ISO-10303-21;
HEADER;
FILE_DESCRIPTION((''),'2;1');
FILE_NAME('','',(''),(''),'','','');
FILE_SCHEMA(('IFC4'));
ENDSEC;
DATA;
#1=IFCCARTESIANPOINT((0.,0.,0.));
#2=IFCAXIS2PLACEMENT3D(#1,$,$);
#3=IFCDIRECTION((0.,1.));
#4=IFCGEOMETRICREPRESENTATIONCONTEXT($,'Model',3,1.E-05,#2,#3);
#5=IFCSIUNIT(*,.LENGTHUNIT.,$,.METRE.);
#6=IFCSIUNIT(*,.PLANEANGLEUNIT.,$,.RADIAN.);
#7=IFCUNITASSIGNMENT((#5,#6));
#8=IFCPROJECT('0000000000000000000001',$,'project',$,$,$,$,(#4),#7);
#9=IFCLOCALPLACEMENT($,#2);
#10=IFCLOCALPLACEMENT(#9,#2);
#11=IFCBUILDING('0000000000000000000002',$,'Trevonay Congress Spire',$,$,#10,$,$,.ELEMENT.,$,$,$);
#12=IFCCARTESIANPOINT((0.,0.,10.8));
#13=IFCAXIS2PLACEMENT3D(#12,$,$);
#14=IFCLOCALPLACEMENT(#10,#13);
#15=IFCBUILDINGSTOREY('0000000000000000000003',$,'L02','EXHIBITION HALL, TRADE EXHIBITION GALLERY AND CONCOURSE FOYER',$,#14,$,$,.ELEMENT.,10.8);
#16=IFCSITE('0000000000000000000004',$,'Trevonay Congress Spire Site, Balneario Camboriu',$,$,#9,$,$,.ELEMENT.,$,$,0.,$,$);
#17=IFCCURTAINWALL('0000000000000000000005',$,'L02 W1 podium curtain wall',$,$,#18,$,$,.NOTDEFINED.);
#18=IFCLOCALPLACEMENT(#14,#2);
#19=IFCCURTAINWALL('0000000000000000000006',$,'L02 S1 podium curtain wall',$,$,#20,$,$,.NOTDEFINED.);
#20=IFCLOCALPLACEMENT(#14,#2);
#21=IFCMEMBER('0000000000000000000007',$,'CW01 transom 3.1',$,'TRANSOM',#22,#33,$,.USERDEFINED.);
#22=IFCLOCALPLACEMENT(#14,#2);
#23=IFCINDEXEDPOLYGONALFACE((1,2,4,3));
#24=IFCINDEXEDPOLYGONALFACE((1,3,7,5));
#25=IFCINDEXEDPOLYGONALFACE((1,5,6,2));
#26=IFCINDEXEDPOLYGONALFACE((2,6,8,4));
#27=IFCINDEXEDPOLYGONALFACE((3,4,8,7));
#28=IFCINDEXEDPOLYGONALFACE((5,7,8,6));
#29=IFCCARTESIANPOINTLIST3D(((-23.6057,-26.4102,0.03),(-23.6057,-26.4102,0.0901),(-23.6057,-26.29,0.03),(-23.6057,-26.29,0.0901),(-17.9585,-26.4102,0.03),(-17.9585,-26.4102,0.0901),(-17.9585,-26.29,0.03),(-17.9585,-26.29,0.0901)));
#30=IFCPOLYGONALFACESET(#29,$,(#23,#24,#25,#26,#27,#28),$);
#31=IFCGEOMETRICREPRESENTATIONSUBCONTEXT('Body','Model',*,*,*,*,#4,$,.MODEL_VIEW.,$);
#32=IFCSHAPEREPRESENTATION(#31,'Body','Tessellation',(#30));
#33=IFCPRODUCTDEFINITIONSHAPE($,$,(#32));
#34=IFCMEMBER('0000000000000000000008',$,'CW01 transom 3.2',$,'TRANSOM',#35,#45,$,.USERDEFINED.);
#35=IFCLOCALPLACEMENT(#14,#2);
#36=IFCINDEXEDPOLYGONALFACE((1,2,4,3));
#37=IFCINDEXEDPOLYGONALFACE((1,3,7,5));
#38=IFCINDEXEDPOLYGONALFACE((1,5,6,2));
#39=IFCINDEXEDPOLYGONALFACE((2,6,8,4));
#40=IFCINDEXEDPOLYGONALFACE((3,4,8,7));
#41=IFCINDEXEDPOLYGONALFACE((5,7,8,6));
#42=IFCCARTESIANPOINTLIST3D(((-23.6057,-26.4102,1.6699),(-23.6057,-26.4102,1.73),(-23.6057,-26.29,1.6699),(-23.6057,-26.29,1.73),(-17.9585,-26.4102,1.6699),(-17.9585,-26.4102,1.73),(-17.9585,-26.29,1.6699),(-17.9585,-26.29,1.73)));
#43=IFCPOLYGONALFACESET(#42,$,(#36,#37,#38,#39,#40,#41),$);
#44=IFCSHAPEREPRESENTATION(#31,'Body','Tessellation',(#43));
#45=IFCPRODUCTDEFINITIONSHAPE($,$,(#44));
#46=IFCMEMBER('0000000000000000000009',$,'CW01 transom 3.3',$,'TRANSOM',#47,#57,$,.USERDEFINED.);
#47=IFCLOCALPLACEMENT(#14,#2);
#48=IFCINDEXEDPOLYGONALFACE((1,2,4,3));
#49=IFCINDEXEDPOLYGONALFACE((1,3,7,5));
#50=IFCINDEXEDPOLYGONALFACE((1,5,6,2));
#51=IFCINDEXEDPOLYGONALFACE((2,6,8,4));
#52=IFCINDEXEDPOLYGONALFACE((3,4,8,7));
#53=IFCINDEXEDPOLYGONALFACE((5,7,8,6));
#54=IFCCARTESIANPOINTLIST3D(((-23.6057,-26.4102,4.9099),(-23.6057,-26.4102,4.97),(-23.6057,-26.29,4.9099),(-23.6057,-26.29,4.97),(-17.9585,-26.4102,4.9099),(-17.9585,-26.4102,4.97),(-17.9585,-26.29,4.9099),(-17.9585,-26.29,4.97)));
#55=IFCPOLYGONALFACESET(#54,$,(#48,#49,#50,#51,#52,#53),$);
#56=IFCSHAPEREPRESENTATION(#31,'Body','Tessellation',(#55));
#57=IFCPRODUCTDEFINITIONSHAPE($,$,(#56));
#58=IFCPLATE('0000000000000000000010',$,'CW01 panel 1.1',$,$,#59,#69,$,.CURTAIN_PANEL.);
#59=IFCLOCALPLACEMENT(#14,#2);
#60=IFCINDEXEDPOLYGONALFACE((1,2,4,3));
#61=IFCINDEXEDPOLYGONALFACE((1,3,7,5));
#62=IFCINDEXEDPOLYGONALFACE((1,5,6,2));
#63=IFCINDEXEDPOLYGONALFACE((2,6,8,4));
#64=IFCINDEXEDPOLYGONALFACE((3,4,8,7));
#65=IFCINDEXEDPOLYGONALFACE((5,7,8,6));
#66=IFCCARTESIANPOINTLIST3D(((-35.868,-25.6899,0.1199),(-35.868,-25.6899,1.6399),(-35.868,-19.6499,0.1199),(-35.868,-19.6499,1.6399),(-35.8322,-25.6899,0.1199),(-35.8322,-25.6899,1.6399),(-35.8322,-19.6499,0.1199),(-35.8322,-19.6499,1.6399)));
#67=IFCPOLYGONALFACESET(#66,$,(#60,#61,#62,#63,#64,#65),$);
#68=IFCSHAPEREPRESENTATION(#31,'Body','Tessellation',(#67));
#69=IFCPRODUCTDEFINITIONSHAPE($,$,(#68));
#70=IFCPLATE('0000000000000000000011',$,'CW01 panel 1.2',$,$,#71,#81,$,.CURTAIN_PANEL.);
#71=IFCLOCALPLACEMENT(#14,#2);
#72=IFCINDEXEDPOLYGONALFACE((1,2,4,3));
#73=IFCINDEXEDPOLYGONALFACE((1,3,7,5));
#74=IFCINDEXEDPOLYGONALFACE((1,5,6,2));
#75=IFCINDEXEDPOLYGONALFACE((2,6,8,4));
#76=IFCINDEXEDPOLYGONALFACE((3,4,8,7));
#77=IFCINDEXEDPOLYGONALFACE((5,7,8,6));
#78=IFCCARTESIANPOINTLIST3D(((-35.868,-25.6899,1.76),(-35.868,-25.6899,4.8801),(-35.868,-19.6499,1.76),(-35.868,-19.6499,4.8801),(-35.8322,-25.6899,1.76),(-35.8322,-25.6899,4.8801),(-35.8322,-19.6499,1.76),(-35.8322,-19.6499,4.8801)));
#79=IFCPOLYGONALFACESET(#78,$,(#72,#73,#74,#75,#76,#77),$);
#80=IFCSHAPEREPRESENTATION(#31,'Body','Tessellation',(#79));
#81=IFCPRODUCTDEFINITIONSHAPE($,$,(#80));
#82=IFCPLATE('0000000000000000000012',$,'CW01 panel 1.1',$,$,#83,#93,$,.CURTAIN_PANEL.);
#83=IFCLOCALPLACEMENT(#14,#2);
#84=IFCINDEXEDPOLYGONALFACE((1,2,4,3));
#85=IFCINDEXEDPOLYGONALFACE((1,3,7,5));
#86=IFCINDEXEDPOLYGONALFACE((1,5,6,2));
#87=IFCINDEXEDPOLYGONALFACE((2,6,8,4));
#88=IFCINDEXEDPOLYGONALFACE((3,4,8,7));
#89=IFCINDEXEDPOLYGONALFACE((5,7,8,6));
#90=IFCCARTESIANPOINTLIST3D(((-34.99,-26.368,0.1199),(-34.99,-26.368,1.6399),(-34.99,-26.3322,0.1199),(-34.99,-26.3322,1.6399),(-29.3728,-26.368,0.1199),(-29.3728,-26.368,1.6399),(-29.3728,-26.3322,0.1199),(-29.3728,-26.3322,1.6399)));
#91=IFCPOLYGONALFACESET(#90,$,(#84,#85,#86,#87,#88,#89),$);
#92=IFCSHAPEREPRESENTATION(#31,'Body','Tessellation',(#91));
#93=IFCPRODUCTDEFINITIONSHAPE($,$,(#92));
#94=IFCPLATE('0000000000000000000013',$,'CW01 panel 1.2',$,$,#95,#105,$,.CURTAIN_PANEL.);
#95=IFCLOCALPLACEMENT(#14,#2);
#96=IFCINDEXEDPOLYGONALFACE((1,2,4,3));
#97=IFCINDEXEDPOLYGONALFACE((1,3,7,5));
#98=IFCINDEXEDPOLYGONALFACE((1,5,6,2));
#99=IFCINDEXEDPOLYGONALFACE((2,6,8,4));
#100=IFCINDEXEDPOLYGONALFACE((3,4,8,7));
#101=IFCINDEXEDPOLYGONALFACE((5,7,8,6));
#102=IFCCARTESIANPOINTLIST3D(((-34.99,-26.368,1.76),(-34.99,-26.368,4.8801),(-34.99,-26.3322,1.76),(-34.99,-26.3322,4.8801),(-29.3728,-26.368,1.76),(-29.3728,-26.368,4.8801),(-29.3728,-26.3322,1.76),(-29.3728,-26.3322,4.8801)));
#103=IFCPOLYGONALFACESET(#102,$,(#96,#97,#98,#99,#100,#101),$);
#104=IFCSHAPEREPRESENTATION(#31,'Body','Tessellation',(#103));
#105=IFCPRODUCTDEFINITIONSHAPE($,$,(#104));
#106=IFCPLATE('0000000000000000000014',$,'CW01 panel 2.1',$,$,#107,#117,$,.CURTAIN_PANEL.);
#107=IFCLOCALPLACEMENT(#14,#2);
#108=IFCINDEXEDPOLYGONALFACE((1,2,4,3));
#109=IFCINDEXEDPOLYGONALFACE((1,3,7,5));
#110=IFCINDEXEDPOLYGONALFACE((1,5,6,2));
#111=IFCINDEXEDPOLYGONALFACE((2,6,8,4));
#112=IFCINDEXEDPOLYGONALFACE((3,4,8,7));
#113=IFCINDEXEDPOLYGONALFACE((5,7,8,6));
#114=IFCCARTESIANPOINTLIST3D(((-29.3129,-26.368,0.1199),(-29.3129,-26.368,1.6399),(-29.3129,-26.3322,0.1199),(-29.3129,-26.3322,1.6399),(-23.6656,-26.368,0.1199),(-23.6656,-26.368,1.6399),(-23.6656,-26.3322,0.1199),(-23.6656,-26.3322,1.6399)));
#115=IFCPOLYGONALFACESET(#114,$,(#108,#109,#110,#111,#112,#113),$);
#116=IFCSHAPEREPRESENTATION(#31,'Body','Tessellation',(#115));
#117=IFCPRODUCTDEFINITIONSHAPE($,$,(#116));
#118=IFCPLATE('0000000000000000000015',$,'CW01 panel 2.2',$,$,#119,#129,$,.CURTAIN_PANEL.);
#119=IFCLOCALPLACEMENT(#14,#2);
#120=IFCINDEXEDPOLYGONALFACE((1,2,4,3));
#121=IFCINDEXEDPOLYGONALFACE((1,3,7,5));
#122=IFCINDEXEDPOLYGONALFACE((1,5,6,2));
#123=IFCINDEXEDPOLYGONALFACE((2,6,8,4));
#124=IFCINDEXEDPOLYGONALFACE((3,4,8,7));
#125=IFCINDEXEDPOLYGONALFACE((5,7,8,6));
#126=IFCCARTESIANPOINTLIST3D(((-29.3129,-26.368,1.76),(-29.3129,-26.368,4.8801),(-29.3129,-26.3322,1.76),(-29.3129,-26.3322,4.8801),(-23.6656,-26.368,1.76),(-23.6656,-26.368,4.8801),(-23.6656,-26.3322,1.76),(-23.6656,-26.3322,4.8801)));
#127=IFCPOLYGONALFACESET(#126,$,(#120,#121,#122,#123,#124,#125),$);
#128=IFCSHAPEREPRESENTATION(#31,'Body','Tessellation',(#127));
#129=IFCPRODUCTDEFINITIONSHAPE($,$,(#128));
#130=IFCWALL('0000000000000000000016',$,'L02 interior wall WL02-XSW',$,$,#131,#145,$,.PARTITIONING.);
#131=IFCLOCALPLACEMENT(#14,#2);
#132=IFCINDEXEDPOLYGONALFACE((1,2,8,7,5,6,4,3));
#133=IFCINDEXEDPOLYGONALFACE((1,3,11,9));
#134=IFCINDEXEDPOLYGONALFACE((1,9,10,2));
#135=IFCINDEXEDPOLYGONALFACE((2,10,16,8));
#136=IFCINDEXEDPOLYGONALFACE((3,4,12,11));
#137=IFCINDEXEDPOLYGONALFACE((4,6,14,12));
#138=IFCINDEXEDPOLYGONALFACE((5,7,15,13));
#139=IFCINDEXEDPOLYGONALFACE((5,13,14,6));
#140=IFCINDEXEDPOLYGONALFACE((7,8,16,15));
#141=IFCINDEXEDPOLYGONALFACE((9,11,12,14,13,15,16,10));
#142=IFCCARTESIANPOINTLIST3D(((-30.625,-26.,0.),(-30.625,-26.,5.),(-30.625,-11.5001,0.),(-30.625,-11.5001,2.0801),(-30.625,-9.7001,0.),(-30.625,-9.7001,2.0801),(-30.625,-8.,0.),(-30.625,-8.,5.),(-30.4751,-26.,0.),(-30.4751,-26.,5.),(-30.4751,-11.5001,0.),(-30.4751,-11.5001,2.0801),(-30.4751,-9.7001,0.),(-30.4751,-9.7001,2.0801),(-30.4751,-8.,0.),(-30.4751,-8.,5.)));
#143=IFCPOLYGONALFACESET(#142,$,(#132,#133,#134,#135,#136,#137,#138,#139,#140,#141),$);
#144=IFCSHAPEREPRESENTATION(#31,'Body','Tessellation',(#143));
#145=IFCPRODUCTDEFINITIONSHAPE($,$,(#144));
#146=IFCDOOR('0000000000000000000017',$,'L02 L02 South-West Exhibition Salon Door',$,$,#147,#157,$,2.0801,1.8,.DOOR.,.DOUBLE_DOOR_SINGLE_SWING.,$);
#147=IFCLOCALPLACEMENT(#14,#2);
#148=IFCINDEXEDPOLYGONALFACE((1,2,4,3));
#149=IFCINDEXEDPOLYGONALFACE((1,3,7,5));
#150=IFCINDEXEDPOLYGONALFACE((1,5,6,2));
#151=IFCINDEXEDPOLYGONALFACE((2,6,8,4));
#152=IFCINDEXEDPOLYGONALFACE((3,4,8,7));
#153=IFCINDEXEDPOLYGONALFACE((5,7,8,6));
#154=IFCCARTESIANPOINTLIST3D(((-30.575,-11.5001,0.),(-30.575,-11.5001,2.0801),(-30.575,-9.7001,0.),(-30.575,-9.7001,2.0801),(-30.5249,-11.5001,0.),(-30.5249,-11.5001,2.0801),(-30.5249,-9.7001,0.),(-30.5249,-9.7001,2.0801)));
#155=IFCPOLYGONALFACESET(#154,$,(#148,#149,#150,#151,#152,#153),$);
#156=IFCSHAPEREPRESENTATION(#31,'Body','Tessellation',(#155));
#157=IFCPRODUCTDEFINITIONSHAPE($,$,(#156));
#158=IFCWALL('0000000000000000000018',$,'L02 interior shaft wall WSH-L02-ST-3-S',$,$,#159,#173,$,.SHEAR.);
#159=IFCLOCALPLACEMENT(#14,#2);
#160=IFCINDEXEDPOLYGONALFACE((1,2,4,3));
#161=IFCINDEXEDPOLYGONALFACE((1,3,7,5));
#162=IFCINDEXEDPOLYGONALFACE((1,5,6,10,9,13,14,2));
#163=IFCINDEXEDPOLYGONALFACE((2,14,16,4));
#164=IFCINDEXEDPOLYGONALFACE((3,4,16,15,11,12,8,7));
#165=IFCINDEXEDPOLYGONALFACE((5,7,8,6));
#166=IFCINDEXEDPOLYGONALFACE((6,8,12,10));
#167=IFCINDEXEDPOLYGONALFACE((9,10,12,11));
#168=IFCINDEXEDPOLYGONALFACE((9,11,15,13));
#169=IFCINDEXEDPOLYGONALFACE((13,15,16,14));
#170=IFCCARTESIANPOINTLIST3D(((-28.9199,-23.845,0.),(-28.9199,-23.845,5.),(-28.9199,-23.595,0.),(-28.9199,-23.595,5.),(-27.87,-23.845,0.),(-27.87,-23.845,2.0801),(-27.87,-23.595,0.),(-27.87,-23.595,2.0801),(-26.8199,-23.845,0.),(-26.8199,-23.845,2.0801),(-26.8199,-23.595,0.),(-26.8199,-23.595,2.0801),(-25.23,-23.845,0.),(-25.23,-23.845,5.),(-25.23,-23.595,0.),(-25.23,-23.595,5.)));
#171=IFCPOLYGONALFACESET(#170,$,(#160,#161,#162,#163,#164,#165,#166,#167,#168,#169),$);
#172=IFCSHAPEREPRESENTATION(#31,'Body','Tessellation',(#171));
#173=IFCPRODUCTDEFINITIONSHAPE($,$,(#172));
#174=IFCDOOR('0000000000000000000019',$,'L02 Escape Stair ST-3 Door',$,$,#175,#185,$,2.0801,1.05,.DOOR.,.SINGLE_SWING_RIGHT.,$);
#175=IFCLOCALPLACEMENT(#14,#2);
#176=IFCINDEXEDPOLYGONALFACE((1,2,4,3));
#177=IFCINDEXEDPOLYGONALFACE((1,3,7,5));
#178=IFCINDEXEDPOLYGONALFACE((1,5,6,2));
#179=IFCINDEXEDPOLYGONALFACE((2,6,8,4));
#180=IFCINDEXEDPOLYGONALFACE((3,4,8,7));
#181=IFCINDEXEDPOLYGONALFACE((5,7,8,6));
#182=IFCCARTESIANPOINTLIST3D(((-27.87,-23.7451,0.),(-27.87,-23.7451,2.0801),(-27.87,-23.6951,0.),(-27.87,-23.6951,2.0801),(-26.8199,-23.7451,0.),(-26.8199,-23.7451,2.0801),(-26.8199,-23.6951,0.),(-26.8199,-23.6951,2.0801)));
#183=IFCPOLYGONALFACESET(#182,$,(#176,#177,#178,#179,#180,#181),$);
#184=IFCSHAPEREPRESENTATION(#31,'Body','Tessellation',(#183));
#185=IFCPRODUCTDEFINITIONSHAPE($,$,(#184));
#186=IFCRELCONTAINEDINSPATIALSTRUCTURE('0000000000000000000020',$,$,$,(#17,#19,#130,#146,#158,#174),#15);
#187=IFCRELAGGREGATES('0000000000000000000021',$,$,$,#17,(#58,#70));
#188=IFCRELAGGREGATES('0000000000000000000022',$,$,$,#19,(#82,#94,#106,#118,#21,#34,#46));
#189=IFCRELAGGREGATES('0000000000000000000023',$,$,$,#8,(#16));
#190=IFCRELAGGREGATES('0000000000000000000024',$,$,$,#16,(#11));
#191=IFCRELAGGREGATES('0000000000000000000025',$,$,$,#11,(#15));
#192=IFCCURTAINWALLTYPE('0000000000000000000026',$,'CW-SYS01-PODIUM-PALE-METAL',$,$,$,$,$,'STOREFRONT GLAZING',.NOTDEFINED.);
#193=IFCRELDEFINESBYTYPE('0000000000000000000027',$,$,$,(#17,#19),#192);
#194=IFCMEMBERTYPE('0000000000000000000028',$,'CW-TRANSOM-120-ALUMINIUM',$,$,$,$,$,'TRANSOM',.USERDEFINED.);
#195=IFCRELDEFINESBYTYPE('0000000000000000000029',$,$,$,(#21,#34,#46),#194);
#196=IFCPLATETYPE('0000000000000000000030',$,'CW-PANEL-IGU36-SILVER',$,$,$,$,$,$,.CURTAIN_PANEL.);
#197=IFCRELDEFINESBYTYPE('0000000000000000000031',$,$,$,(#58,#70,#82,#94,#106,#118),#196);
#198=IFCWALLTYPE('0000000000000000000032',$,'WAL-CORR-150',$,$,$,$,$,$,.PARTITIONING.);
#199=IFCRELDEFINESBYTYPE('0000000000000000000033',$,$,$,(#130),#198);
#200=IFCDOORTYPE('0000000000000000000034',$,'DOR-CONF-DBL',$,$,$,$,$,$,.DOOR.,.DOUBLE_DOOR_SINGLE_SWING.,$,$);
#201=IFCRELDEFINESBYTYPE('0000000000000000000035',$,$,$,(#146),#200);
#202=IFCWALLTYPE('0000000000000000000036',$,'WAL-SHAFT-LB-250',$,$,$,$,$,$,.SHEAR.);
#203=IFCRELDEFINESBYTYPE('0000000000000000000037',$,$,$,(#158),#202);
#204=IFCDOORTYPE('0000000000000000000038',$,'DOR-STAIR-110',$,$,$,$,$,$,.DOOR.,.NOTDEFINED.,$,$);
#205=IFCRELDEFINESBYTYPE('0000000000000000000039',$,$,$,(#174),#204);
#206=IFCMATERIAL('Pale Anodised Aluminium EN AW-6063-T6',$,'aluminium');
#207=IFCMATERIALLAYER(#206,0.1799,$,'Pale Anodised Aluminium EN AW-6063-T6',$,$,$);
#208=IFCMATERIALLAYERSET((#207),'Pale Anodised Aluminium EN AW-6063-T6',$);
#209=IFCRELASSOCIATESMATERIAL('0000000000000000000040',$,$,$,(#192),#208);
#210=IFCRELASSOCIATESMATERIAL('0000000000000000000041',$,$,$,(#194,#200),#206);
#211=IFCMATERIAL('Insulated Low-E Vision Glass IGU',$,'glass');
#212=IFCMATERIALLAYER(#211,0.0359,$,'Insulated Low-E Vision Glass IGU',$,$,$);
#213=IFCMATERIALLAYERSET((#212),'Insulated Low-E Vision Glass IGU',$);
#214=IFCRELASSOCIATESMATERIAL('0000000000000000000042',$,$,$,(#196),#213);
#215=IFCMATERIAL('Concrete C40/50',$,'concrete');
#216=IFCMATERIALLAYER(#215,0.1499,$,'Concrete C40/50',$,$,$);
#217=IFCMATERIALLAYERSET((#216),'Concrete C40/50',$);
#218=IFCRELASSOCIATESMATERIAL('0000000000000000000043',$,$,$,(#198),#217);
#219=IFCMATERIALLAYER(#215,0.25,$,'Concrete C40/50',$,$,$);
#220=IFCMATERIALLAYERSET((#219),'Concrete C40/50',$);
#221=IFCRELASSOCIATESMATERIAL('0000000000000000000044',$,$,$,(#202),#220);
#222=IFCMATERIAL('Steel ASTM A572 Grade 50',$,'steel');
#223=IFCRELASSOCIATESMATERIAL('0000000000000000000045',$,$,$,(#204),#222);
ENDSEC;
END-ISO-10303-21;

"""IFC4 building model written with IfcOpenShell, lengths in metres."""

from ifc_helpers import new_model, si_unit, direction, frame, frame_2d, origin, origin_2d, place, context, subcontext, project, spatial, rectangle, extrude, material, layer, layer_set, material_profile, profile_set, type_object, element, fill, aggregate, save


model = new_model("IFC4")

# Units and contexts
model_context = context("Model", 3, precision=1e-05, world=origin(), true_north=direction((0.0, 1.0)))
body_context = subcontext(model_context, "Body", "Model", "MODEL_VIEW")
ifc_project = project(units=[si_unit("LENGTHUNIT", "METRE"), si_unit("PLANEANGLEUNIT", "RADIAN")], contexts=[model_context])

# Site, building, storey
site_placement = place(None, origin())
site = spatial("IfcSite", under=ifc_project, at=site_placement, Name="Trevonay Congress Spire Site, Balneario Camboriu", CompositionType="ELEMENT", RefElevation=0.0)
building_placement = place(site_placement, origin())
building = spatial("IfcBuilding", under=site, at=building_placement, Name="Trevonay Congress Spire", CompositionType="ELEMENT")
storey_placement = place(building_placement, frame((0.0, 0.0, 10.8)))
storey = spatial("IfcBuildingStorey", under=building, at=storey_placement, Name="L02", Description="EXHIBITION HALL, TRADE EXHIBITION GALLERY AND CONCOURSE FOYER", CompositionType="ELEMENT", Elevation=10.8)

# Curtain walls
ifc_material_1 = material(Name="Pale Anodised Aluminium EN AW-6063-T6", Category="aluminium")
ifc_layer_1 = layer(ifc_material_1, 0.1799, Name="Pale Anodised Aluminium EN AW-6063-T6")
ifc_layer_set_1 = layer_set([ifc_layer_1], Name="Pale Anodised Aluminium EN AW-6063-T6")
curtain_wall_type = type_object("IfcCurtainWallType", Name="CW-SYS01-PODIUM-PALE-METAL", ElementType="STOREFRONT GLAZING", PredefinedType="NOTDEFINED", material=ifc_layer_set_1)
curtain_wall_1_placement = place(storey_placement, origin())
curtain_wall_1 = element("IfcCurtainWall", 1, at=curtain_wall_1_placement, inside=storey, type_object=curtain_wall_type, Name="L02 W1 podium curtain wall", PredefinedType="NOTDEFINED")
curtain_wall_2_placement = place(storey_placement, origin())
curtain_wall_2 = element("IfcCurtainWall", 2, at=curtain_wall_2_placement, inside=storey, type_object=curtain_wall_type, Name="L02 S1 podium curtain wall", PredefinedType="NOTDEFINED")

# Members
ifc_material_profile_1 = material_profile(ifc_material_1, rectangle(XDim=0.1201, YDim=0.0601, at=origin_2d()), Name="CW-TRANSOM-120-ALUMINIUM")
ifc_profile_set_1 = profile_set([ifc_material_profile_1], Name="Pale Anodised Aluminium EN AW-6063-T6")
member_type_1 = type_object("IfcMemberType", Name="CW-TRANSOM-120-ALUMINIUM", ElementType="TRANSOM", PredefinedType="USERDEFINED", material=ifc_profile_set_1)
member_1_placement = place(storey_placement, frame((-23.6057, -26.3501, 0.0601), z_axis=(1.0, 0.0, 0.0), x_axis=(0.0, 1.0, 0.0)))
member_1 = element("IfcMember", 3, at=member_1_placement, type_object=member_type_1, Name="CW01 transom 3.1", ObjectType="TRANSOM", PredefinedType="USERDEFINED", context=body_context, shape_type="SweptSolid", body=[
    extrude(rectangle(XDim=0.1201, YDim=0.0601, at=origin_2d()), origin(), (0.0, 0.0, 1.0), 5.6472),
])
member_2_placement = place(storey_placement, frame((-23.6057, -26.3501, 1.7), z_axis=(1.0, 0.0, 0.0), x_axis=(0.0, 1.0, 0.0)))
member_2 = element("IfcMember", 4, at=member_2_placement, type_object=member_type_1, Name="CW01 transom 3.2", ObjectType="TRANSOM", PredefinedType="USERDEFINED", context=body_context, shape_type="SweptSolid", body=[
    extrude(rectangle(XDim=0.1201, YDim=0.0601, at=origin_2d()), origin(), (0.0, 0.0, 1.0), 5.6472),
])
member_3_placement = place(storey_placement, frame((-23.6057, -26.3501, 4.9399), z_axis=(1.0, 0.0, 0.0), x_axis=(0.0, 1.0, 0.0)))
member_3 = element("IfcMember", 5, at=member_3_placement, type_object=member_type_1, Name="CW01 transom 3.3", ObjectType="TRANSOM", PredefinedType="USERDEFINED", context=body_context, shape_type="SweptSolid", body=[
    extrude(rectangle(XDim=0.1201, YDim=0.0601, at=origin_2d()), origin(), (0.0, 0.0, 1.0), 5.6472),
])

# Plates
ifc_material_2 = material(Name="Insulated Low-E Vision Glass IGU", Category="glass")
ifc_layer_2 = layer(ifc_material_2, 0.0359, Name="Insulated Low-E Vision Glass IGU")
ifc_layer_set_2 = layer_set([ifc_layer_2], Name="Insulated Low-E Vision Glass IGU")
plate_type = type_object("IfcPlateType", Name="CW-PANEL-IGU36-SILVER", PredefinedType="CURTAIN_PANEL", material=ifc_layer_set_2)
plate_1_placement = place(storey_placement, frame((-35.8501, -22.6699, 0.1199), z_axis=(0.0, 0.0, 1.0), x_axis=(0.0, 1.0, 0.0)))
plate_1 = element("IfcPlate", 6, at=plate_1_placement, type_object=plate_type, Name="CW01 panel 1.1", PredefinedType="CURTAIN_PANEL", context=body_context, shape_type="SweptSolid", body=[
    extrude(rectangle(XDim=6.04, YDim=0.0359, at=origin_2d()), origin(), (0.0, 0.0, 1.0), 1.52),
])
plate_2_placement = place(storey_placement, frame((-35.8501, -22.6699, 1.76), z_axis=(0.0, 0.0, 1.0), x_axis=(0.0, 1.0, 0.0)))
plate_2 = element("IfcPlate", 7, at=plate_2_placement, type_object=plate_type, Name="CW01 panel 1.2", PredefinedType="CURTAIN_PANEL", context=body_context, shape_type="SweptSolid", body=[
    extrude(rectangle(XDim=6.04, YDim=0.0359, at=origin_2d()), origin(), (0.0, 0.0, 1.0), 3.1201),
])
aggregate(curtain_wall_1, [plate_1, plate_2])
plate_3_placement = place(storey_placement, frame((-32.1814, -26.3501, 0.1199), z_axis=(0.0, 0.0, 1.0), x_axis=(1.0, 0.0, 0.0)))
plate_3 = element("IfcPlate", 8, at=plate_3_placement, type_object=plate_type, Name="CW01 panel 1.1", PredefinedType="CURTAIN_PANEL", context=body_context, shape_type="SweptSolid", body=[
    extrude(rectangle(XDim=5.6172, YDim=0.0359, at=origin_2d()), origin(), (0.0, 0.0, 1.0), 1.52),
])
plate_4_placement = place(storey_placement, frame((-32.1814, -26.3501, 1.76), z_axis=(0.0, 0.0, 1.0), x_axis=(1.0, 0.0, 0.0)))
plate_4 = element("IfcPlate", 9, at=plate_4_placement, type_object=plate_type, Name="CW01 panel 1.2", PredefinedType="CURTAIN_PANEL", context=body_context, shape_type="SweptSolid", body=[
    extrude(rectangle(XDim=5.6172, YDim=0.0359, at=origin_2d()), origin(), (0.0, 0.0, 1.0), 3.1201),
])
plate_5_placement = place(storey_placement, frame((-26.4893, -26.3501, 0.1199), z_axis=(0.0, 0.0, 1.0), x_axis=(1.0, 0.0, 0.0)))
plate_5 = element("IfcPlate", 10, at=plate_5_placement, type_object=plate_type, Name="CW01 panel 2.1", PredefinedType="CURTAIN_PANEL", context=body_context, shape_type="SweptSolid", body=[
    extrude(rectangle(XDim=5.6472, YDim=0.0359, at=origin_2d()), origin(), (0.0, 0.0, 1.0), 1.52),
])
plate_6_placement = place(storey_placement, frame((-26.4893, -26.3501, 1.76), z_axis=(0.0, 0.0, 1.0), x_axis=(1.0, 0.0, 0.0)))
plate_6 = element("IfcPlate", 11, at=plate_6_placement, type_object=plate_type, Name="CW01 panel 2.2", PredefinedType="CURTAIN_PANEL", context=body_context, shape_type="SweptSolid", body=[
    extrude(rectangle(XDim=5.6472, YDim=0.0359, at=origin_2d()), origin(), (0.0, 0.0, 1.0), 3.1201),
])
aggregate(curtain_wall_2, [plate_3, plate_4, plate_5, plate_6, member_1, member_2, member_3])

# Walls, openings, doors
ifc_material_3 = material(Name="Concrete C40/50", Category="concrete")
ifc_layer_3 = layer(ifc_material_3, 0.1499, Name="Concrete C40/50")
ifc_layer_set_3 = layer_set([ifc_layer_3], Name="Concrete C40/50")
wall_type_1 = type_object("IfcWallType", Name="WAL-CORR-150", PredefinedType="PARTITIONING", material=ifc_layer_set_3)
wall_1_placement = place(storey_placement, frame((-30.55, -26.0, 0.0), z_axis=(0.0, 0.0, 1.0), x_axis=(0.0, 1.0, 0.0)))
wall_1 = element("IfcWall", 12, at=wall_1_placement, inside=storey, type_object=wall_type_1, Name="L02 interior wall WL02-XSW", PredefinedType="PARTITIONING", context=body_context, shape_type="SweptSolid", body=[
    extrude(rectangle(XDim=18.0, YDim=0.1499, at=frame_2d((9.0, 0.0))), origin(), (0.0, 0.0, 1.0), 5.0),
])
opening_1_placement = place(wall_1_placement, frame((14.5, 0.0, 0.0)))
opening_1 = element("IfcOpeningElement", 13, at=opening_1_placement, cuts=wall_1, PredefinedType="OPENING", context=body_context, shape_type="SweptSolid", body=[
    extrude(rectangle(XDim=1.8, YDim=2.0801, at=frame_2d((0.8999, 1.04))), frame((0.0, 0.085, 0.0), z_axis=(0.0, -1.0, 0.0), x_axis=(1.0, 0.0, 0.0)), (0.0, 0.0, 1.0), 0.1699),
])
door_type_1 = type_object("IfcDoorType", Name="DOR-CONF-DBL", OperationType="DOUBLE_DOOR_SINGLE_SWING", PredefinedType="DOOR", material=ifc_material_1)
door_1_placement = place(opening_1_placement, origin())
door_1 = element("IfcDoor", 14, at=door_1_placement, inside=storey, type_object=door_type_1, Name="L02 L02 South-West Exhibition Salon Door", OperationType="DOUBLE_DOOR_SINGLE_SWING", OverallHeight=2.0801, OverallWidth=1.8, PredefinedType="DOOR", context=body_context, shape_type="SweptSolid", body=[
    extrude(rectangle(XDim=1.8, YDim=2.0801, at=frame_2d((0.8999, 1.04))), frame((0.0, 0.0249, 0.0), z_axis=(0.0, -1.0, 0.0), x_axis=(1.0, 0.0, 0.0)), (0.0, 0.0, 1.0), 0.05),
])
fill(opening_1, door_1)
ifc_layer_4 = layer(ifc_material_3, 0.25, Name="Concrete C40/50")
ifc_layer_set_4 = layer_set([ifc_layer_4], Name="Concrete C40/50")
wall_type_2 = type_object("IfcWallType", Name="WAL-SHAFT-LB-250", PredefinedType="SHEAR", material=ifc_layer_set_4)
wall_2_placement = place(storey_placement, frame((-28.9199, -23.72, 0.0), z_axis=(0.0, 0.0, 1.0), x_axis=(1.0, 0.0, 0.0)))
wall_2 = element("IfcWall", 15, at=wall_2_placement, inside=storey, type_object=wall_type_2, Name="L02 interior shaft wall WSH-L02-ST-3-S", PredefinedType="SHEAR", context=body_context, shape_type="SweptSolid", body=[
    extrude(rectangle(XDim=3.6899, YDim=0.25, at=frame_2d((1.845, 0.0))), origin(), (0.0, 0.0, 1.0), 5.0),
])
opening_2_placement = place(wall_2_placement, frame((1.05, 0.0, 0.0)))
opening_2 = element("IfcOpeningElement", 16, at=opening_2_placement, cuts=wall_2, PredefinedType="OPENING", context=body_context, shape_type="SweptSolid", body=[
    extrude(rectangle(XDim=1.05, YDim=2.0801, at=frame_2d((0.5249, 1.04))), frame((0.0, 0.135, 0.0), z_axis=(0.0, -1.0, 0.0), x_axis=(1.0, 0.0, 0.0)), (0.0, 0.0, 1.0), 0.27),
])
ifc_material_4 = material(Name="Steel ASTM A572 Grade 50", Category="steel")
door_type_2 = type_object("IfcDoorType", Name="DOR-STAIR-110", OperationType="NOTDEFINED", PredefinedType="DOOR", material=ifc_material_4)
door_2_placement = place(opening_2_placement, origin())
door_2 = element("IfcDoor", 17, at=door_2_placement, inside=storey, type_object=door_type_2, Name="L02 Escape Stair ST-3 Door", OperationType="SINGLE_SWING_RIGHT", OverallHeight=2.0801, OverallWidth=1.05, PredefinedType="DOOR", context=body_context, shape_type="SweptSolid", body=[
    extrude(rectangle(XDim=1.05, YDim=2.0801, at=frame_2d((0.5249, 1.04))), frame((0.0, 0.0249, 0.0), z_axis=(0.0, -1.0, 0.0), x_axis=(1.0, 0.0, 0.0)), (0.0, 0.0, 1.0), 0.05),
])
fill(opening_2, door_2)

save(model, "model.ifc")
